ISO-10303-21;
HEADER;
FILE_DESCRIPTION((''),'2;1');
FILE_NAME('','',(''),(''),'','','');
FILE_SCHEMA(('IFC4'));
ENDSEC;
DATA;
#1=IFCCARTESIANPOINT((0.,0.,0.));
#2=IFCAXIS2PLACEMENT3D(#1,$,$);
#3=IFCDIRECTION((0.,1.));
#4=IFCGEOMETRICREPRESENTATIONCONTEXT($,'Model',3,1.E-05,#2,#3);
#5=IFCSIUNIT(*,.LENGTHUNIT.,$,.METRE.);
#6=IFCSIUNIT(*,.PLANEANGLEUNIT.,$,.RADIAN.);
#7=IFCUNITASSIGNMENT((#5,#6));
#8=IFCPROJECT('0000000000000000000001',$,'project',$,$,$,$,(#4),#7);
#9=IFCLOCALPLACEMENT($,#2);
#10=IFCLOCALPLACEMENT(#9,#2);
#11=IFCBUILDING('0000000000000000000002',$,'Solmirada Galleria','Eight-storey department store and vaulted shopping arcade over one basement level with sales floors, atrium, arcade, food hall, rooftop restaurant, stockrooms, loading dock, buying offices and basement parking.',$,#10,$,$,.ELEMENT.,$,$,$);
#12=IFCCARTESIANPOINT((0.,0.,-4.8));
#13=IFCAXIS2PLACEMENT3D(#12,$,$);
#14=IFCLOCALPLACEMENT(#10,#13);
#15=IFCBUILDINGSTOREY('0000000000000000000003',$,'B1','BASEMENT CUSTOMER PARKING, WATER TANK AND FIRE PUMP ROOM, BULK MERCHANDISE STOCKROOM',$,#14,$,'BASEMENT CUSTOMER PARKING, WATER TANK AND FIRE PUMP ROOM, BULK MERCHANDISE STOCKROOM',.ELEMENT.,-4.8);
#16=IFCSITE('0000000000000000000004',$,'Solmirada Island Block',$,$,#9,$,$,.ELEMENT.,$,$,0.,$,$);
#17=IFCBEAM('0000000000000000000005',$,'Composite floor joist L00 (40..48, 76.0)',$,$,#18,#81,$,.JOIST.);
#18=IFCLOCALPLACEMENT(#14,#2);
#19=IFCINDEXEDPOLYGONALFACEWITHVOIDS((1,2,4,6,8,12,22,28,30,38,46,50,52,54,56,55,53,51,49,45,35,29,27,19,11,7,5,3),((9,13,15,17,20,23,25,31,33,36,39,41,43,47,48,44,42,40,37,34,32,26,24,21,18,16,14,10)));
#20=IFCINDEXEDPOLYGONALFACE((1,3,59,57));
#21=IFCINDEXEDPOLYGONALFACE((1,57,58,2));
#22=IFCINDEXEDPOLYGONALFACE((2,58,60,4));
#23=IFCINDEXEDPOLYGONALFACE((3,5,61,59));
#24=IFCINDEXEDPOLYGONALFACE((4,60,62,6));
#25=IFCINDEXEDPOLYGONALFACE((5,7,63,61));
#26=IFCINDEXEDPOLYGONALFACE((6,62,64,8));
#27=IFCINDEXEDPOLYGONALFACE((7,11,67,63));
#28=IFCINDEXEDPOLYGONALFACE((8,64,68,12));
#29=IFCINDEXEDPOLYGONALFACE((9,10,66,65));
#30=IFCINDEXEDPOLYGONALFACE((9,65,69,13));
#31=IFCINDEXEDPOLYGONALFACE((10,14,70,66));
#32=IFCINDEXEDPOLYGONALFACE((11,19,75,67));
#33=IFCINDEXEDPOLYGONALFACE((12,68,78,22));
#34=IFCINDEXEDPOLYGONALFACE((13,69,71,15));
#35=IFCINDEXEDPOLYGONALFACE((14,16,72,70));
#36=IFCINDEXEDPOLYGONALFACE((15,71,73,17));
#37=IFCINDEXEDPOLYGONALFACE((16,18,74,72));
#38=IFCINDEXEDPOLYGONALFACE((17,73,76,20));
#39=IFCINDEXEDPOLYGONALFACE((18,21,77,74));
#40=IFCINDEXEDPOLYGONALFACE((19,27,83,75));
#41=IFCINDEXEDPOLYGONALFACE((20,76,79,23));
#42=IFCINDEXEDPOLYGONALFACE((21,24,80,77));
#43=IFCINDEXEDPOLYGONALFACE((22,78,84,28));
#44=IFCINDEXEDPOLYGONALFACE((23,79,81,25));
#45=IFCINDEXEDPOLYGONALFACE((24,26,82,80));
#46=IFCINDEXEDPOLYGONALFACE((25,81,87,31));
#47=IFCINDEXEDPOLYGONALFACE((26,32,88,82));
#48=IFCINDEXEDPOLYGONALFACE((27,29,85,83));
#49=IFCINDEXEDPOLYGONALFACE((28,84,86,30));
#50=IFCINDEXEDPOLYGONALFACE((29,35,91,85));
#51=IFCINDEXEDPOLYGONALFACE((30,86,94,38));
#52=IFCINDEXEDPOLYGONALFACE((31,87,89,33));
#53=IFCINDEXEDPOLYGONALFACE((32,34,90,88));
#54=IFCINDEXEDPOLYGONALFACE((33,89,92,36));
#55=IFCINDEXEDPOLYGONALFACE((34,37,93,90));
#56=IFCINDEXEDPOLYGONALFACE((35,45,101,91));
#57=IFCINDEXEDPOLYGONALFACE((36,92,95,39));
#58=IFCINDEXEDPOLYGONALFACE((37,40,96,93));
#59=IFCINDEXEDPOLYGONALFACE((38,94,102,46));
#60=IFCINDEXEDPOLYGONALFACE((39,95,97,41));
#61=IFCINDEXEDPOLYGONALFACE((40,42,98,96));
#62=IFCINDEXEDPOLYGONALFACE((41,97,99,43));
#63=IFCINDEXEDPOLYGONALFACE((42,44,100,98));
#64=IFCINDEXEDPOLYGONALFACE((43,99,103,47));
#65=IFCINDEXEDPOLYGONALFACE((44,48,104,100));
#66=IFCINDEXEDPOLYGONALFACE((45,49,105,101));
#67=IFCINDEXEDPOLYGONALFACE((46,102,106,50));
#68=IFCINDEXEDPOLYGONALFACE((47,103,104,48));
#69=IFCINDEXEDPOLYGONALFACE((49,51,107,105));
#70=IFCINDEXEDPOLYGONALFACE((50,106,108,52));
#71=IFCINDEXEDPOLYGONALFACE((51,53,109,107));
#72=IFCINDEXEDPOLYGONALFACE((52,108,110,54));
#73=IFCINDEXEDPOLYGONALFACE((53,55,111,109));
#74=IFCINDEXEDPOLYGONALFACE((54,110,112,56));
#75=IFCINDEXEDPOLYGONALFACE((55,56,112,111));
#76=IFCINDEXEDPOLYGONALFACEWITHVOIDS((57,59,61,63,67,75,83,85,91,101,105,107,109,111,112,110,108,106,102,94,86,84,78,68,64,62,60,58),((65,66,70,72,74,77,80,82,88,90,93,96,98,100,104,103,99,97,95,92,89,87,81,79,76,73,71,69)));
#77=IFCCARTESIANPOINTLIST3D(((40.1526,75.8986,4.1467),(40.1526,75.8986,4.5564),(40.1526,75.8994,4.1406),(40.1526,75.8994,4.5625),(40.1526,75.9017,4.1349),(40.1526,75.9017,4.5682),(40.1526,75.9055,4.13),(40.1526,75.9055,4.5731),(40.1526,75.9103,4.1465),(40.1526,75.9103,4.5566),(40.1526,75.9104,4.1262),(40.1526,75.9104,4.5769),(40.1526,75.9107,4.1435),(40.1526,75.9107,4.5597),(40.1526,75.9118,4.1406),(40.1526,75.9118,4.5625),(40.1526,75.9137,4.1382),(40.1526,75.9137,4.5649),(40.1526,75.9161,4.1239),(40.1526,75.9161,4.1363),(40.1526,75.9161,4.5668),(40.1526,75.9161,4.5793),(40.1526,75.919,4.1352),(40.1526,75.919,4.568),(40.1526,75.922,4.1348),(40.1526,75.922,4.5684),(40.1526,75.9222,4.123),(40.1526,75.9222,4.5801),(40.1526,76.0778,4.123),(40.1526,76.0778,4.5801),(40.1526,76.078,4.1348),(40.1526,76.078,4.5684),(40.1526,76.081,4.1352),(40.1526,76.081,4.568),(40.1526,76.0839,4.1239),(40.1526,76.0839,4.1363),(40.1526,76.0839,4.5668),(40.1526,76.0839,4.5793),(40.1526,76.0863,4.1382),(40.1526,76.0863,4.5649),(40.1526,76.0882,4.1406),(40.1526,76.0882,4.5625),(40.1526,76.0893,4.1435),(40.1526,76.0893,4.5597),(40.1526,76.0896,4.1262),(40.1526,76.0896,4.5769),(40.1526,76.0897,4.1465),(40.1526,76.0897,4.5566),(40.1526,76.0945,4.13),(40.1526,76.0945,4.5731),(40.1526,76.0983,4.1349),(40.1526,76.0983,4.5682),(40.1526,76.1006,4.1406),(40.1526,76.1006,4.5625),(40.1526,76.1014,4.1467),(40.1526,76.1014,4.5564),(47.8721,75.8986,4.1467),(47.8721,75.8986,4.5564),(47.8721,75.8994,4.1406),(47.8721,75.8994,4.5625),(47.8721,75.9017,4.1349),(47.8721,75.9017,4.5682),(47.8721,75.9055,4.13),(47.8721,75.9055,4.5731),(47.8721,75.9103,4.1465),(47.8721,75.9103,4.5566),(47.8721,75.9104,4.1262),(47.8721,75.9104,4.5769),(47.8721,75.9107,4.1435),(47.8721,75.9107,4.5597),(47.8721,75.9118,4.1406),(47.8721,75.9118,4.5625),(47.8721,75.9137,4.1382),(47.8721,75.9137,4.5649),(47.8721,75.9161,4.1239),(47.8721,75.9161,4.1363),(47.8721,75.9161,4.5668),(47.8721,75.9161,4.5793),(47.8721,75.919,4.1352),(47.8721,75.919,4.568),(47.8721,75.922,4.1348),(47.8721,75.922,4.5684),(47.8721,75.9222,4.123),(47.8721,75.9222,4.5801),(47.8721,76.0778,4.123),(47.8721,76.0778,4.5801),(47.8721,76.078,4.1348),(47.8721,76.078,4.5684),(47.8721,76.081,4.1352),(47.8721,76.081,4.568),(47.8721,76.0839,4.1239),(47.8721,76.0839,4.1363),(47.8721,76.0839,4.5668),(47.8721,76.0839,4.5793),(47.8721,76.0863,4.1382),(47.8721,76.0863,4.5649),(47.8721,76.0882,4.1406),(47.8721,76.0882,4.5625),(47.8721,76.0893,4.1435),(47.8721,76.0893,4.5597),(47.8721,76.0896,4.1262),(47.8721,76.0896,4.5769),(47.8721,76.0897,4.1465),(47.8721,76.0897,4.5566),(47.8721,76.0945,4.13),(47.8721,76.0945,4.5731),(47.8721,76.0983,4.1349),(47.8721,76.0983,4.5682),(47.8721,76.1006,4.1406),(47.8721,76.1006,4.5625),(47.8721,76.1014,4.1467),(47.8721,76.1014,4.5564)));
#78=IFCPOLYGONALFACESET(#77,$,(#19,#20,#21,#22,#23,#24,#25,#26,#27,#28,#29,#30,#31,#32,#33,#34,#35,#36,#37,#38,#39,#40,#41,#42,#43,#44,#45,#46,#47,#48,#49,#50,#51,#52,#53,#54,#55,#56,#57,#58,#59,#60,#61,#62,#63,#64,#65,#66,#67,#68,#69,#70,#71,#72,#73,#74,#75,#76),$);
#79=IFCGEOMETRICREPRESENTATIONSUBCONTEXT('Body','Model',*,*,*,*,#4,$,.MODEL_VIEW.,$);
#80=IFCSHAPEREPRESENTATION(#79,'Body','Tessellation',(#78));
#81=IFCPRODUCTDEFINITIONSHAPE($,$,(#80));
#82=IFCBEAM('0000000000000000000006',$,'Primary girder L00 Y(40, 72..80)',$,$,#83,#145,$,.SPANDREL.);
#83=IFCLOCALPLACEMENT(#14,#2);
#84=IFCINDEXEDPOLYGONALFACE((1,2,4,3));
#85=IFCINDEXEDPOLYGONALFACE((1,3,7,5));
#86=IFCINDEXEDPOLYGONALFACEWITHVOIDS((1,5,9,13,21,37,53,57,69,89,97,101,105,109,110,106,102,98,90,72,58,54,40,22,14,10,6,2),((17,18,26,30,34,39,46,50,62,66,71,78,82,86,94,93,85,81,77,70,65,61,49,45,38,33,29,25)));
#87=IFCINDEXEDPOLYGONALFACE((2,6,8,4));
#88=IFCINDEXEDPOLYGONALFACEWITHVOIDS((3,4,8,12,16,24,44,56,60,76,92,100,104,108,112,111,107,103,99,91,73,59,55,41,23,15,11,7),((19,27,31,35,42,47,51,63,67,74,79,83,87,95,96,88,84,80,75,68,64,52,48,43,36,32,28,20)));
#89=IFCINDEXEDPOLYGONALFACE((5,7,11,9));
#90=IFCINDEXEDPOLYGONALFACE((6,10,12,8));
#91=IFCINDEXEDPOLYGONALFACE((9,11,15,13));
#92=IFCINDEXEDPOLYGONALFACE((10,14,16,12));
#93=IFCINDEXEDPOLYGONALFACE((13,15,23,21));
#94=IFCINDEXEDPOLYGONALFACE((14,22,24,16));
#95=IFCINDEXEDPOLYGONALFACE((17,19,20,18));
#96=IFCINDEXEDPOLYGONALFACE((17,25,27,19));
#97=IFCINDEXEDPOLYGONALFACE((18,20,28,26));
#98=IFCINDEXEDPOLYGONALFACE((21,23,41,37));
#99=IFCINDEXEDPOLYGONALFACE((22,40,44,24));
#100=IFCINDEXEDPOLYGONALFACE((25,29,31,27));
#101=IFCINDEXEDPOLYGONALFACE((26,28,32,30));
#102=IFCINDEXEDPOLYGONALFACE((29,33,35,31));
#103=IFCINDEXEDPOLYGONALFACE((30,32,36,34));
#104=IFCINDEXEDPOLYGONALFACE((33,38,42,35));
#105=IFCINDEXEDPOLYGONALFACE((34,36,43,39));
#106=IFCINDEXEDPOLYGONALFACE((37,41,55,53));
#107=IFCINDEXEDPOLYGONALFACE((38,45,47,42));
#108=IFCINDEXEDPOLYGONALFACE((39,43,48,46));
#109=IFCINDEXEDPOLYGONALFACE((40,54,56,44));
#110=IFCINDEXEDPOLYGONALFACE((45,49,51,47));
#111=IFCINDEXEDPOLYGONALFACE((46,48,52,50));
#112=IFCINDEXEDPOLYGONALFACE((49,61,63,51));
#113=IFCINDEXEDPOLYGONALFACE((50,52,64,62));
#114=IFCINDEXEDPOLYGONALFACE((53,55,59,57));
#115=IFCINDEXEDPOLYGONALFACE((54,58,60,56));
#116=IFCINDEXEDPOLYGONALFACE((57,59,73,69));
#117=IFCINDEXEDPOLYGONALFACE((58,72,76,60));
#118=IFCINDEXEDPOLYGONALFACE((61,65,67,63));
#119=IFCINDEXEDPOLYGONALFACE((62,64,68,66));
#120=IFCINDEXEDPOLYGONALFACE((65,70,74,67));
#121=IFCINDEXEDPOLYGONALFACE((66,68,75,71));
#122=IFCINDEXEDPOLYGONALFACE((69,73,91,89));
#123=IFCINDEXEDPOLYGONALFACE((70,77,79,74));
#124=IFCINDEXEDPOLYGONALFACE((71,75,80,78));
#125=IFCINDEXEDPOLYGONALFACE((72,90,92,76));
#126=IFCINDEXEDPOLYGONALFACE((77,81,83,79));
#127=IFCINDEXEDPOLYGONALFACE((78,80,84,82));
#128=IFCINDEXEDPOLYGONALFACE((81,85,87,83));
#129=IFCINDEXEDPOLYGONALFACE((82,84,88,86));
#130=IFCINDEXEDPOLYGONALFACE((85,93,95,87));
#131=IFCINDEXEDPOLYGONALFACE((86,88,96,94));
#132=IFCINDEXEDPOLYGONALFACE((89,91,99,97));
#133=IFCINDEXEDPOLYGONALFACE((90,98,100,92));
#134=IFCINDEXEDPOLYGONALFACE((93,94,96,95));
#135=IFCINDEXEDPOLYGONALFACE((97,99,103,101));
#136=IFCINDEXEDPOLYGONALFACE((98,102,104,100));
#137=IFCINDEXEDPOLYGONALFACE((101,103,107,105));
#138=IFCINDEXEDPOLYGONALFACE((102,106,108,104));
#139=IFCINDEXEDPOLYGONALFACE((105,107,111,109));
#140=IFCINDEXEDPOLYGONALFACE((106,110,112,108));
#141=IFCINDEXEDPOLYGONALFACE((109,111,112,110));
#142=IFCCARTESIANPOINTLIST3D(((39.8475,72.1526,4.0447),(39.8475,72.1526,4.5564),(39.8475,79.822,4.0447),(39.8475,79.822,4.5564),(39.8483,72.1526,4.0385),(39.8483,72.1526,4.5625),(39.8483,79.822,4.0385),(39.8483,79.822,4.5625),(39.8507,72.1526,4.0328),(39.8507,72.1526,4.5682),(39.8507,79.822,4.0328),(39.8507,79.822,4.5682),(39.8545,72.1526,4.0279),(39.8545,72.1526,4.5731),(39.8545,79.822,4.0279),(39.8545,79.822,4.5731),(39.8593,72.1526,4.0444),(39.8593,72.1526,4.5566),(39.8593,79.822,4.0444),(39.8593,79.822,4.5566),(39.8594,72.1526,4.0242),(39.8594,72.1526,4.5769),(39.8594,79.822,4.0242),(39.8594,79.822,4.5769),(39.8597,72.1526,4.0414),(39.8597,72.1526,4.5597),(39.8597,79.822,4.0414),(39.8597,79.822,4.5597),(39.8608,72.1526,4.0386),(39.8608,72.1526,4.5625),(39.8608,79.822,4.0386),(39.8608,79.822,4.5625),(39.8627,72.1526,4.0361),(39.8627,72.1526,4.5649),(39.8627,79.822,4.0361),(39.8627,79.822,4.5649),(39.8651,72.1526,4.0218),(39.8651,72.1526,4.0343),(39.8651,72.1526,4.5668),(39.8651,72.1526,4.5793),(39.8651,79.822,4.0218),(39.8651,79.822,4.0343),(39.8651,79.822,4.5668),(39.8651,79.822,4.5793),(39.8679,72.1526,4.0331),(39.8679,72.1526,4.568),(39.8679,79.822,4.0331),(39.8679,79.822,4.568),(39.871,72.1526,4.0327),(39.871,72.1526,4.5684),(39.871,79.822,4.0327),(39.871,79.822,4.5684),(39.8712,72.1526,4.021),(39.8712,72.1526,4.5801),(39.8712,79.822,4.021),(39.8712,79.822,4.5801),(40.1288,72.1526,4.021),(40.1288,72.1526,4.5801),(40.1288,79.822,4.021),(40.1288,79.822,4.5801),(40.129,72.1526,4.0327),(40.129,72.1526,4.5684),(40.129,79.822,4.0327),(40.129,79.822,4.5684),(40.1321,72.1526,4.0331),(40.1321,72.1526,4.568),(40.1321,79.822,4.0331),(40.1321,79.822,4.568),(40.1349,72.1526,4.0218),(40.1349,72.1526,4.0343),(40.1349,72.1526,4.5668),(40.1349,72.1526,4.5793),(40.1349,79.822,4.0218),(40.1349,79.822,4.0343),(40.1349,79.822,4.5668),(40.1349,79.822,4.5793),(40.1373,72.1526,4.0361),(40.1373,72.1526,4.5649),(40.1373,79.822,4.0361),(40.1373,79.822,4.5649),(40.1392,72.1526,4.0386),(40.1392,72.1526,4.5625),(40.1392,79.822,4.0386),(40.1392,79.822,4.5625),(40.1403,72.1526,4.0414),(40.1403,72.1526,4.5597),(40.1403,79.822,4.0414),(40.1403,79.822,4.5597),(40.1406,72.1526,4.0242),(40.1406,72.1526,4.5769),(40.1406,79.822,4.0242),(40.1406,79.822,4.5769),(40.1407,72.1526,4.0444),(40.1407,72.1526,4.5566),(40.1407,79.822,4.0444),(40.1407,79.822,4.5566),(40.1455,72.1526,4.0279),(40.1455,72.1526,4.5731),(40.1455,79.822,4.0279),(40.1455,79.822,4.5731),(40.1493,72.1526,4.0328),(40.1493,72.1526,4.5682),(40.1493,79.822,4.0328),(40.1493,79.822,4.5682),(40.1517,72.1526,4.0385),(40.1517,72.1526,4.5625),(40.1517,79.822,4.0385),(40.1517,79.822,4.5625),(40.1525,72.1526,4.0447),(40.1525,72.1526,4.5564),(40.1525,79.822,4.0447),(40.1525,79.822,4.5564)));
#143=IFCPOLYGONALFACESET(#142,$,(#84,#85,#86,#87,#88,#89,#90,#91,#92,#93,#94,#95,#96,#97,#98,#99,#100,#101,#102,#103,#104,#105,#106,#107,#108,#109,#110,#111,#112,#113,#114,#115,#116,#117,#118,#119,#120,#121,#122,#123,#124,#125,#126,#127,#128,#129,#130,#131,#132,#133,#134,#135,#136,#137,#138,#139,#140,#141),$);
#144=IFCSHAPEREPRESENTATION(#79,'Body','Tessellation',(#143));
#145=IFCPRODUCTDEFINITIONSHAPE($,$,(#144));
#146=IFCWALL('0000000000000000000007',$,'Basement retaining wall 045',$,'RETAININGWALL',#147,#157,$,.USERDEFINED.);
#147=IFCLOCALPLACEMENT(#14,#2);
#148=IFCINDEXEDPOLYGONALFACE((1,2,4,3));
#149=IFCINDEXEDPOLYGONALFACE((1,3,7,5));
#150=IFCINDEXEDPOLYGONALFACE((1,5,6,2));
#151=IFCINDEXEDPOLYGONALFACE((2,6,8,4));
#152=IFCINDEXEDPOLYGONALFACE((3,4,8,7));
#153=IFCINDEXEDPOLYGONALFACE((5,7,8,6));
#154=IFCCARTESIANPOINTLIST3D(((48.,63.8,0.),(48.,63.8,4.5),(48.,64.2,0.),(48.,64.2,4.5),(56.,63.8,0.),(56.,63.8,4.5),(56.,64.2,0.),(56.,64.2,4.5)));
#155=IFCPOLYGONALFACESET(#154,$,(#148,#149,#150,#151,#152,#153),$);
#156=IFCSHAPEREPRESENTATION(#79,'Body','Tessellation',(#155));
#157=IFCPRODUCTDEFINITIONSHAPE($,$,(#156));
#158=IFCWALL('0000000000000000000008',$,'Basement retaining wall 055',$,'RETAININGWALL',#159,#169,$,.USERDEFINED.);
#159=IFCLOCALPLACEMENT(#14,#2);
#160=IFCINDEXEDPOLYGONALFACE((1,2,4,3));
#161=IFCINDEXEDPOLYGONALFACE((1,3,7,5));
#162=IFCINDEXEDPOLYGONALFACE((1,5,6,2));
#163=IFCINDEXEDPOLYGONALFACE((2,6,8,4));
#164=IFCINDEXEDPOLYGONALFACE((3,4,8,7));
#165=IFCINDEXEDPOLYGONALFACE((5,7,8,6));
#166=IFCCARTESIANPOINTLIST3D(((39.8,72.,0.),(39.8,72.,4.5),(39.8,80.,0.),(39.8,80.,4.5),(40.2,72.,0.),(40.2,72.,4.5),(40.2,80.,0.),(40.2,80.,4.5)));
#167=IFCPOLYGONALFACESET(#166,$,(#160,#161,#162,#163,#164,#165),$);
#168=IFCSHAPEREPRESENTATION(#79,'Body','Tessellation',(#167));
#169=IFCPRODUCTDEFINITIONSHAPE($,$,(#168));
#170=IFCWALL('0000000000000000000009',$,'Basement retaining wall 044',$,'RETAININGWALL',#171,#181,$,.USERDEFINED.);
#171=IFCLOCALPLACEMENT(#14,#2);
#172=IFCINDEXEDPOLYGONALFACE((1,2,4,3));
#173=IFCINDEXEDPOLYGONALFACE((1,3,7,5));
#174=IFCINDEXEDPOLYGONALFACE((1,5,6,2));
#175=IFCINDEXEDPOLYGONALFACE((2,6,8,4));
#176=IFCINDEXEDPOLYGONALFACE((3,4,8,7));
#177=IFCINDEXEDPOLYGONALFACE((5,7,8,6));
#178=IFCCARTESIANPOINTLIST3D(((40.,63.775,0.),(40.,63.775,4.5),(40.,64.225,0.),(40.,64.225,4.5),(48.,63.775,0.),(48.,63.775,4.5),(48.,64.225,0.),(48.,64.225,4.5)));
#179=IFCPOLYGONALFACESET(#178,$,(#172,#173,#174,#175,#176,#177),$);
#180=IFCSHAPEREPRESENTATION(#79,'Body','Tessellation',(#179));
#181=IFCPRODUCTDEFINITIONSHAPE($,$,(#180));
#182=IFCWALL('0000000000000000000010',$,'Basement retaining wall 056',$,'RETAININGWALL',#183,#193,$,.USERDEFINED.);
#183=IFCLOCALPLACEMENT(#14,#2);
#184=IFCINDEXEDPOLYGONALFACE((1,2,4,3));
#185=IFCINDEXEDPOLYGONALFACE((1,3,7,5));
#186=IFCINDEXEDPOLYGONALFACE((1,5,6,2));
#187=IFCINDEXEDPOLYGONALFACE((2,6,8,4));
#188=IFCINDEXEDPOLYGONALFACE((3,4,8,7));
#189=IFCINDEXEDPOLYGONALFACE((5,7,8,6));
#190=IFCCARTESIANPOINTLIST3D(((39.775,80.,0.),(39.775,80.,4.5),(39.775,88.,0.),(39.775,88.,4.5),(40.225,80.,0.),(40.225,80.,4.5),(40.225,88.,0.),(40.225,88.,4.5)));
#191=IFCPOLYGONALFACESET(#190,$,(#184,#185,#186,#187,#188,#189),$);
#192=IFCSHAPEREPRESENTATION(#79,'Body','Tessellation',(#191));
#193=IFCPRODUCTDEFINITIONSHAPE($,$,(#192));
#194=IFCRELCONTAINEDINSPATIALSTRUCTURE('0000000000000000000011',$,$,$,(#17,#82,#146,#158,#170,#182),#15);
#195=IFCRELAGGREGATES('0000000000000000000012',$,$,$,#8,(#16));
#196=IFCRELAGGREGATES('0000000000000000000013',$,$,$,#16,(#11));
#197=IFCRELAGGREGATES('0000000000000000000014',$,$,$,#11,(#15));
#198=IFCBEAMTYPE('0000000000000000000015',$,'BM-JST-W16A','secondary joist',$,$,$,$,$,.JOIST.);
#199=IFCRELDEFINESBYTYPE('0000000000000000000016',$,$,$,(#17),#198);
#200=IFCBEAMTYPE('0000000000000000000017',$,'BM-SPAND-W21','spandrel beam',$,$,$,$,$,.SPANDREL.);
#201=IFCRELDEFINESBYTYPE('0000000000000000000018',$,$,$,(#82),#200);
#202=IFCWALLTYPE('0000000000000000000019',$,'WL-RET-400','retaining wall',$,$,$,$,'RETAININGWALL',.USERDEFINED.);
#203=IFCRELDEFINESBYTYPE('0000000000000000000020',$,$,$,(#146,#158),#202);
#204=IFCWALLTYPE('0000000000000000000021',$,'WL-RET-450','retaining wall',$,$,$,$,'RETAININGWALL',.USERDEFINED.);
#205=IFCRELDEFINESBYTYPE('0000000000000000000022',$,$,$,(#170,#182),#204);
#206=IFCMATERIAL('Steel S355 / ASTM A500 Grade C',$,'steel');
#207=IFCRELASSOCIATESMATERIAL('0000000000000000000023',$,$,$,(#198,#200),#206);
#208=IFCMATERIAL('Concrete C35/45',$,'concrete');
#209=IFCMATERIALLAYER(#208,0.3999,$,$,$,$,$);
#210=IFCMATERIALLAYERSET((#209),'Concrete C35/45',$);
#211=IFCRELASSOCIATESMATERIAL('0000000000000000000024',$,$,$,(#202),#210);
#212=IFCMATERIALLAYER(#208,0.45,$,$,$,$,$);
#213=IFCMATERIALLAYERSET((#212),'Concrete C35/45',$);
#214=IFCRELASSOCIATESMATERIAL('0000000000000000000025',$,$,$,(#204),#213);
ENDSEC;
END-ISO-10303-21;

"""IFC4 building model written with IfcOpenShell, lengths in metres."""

from ifc_helpers import new_model, si_unit, direction, frame, frame_2d, origin, origin_2d, place, context, subcontext, project, spatial, rectangle, hollow_rectangle, extrude, material, layer, layer_set, material_profile, profile_set, type_object, element, save


model = new_model("IFC4")

# Units and contexts
model_context = context("Model", 3, precision=1e-05, world=origin(), true_north=direction((0.0, 1.0)))
body_context = subcontext(model_context, "Body", "Model", "MODEL_VIEW")
ifc_project = project(units=[si_unit("LENGTHUNIT", "METRE"), si_unit("PLANEANGLEUNIT", "RADIAN")], contexts=[model_context])

# Site, building, storey
site_placement = place(None, origin())
site = spatial("IfcSite", under=ifc_project, at=site_placement, Name="Solmirada Island Block", CompositionType="ELEMENT", RefElevation=0.0)
building_placement = place(site_placement, origin())
building = spatial("IfcBuilding", under=site, at=building_placement, Name="Solmirada Galleria", Description="Eight-storey department store and vaulted shopping arcade over one basement level with sales floors, atrium, arcade, food hall, rooftop restaurant, stockrooms, loading dock, buying offices and basement parking.", CompositionType="ELEMENT")
storey_placement = place(building_placement, frame((0.0, 0.0, -4.8)))
storey = spatial("IfcBuildingStorey", under=building, at=storey_placement, Name="B1", Description="BASEMENT CUSTOMER PARKING, WATER TANK AND FIRE PUMP ROOM, BULK MERCHANDISE STOCKROOM", LongName="BASEMENT CUSTOMER PARKING, WATER TANK AND FIRE PUMP ROOM, BULK MERCHANDISE STOCKROOM", CompositionType="ELEMENT", Elevation=-4.8)

# Shared definitions
ifc_material_1 = material(Name="Concrete C35/45", Category="concrete")

# Shared definitions
ifc_material_2 = material(Name="Steel S355 / ASTM A500 Grade C", Category="steel")

# Beams
ifc_material_profile_1 = material_profile(ifc_material_2, hollow_rectangle(XDim=0.2029, YDim=0.457, WallThickness=0.0117, InnerFilletRadius=0.0117, OuterFilletRadius=0.0237, at=origin_2d()), Name="HSS18X8X1/2")
ifc_profile_set_1 = profile_set([ifc_material_profile_1], Name="Steel S355 / ASTM A500 Grade C")
beam_type_1 = type_object("IfcBeamType", Name="BM-JST-W16A", Description="secondary joist", PredefinedType="JOIST", material=ifc_profile_set_1)
beam_1_placement = place(storey_placement, frame((40.1526, 76.0, 4.3516), z_axis=(1.0, 0.0, 0.0), x_axis=(0.0, 1.0, 0.0)))
element("IfcBeam", 1, at=beam_1_placement, inside=storey, type_object=beam_type_1, Name="Composite floor joist L00 (40..48, 76.0)", PredefinedType="JOIST", context=body_context, shape_type="SweptSolid", body=[
    extrude(hollow_rectangle(XDim=0.2029, YDim=0.457, WallThickness=0.0117, InnerFilletRadius=0.0117, OuterFilletRadius=0.0237, at=origin_2d()), origin(), (0.0, 0.0, 1.0), 7.7195),
])
ifc_material_profile_2 = material_profile(ifc_material_2, hollow_rectangle(XDim=0.3049, YDim=0.5591, WallThickness=0.0117, InnerFilletRadius=0.0117, OuterFilletRadius=0.0237, at=origin_2d()), Name="HSS22X12X1/2")
ifc_profile_set_2 = profile_set([ifc_material_profile_2], Name="Steel S355 / ASTM A500 Grade C")
beam_type_2 = type_object("IfcBeamType", Name="BM-SPAND-W21", Description="spandrel beam", PredefinedType="SPANDREL", material=ifc_profile_set_2)
beam_2_placement = place(storey_placement, frame((40.0, 72.1526, 4.3005), z_axis=(0.0, 1.0, 0.0), x_axis=(-1.0, 0.0, 0.0)))
element("IfcBeam", 2, at=beam_2_placement, inside=storey, type_object=beam_type_2, Name="Primary girder L00 Y(40, 72..80)", PredefinedType="SPANDREL", context=body_context, shape_type="SweptSolid", body=[
    extrude(hollow_rectangle(XDim=0.3049, YDim=0.5591, WallThickness=0.0117, InnerFilletRadius=0.0117, OuterFilletRadius=0.0237, at=origin_2d()), origin(), (0.0, 0.0, 1.0), 7.6694),
])

# Walls
ifc_layer_1 = layer(ifc_material_1, 0.3999)
ifc_layer_set_1 = layer_set([ifc_layer_1], Name="Concrete C35/45")
wall_type_1 = type_object("IfcWallType", Name="WL-RET-400", Description="retaining wall", ElementType="RETAININGWALL", PredefinedType="USERDEFINED", material=ifc_layer_set_1)
for number, where, z_axis, x_axis, name in (
    (3, (48.0, 64.0, 0.0), (0.0, 0.0, 1.0), (1.0, 0.0, 0.0), "Basement retaining wall 045"),
    (4, (40.0, 72.0, 0.0), (0.0, 0.0, 1.0), (0.0, 1.0, 0.0), "Basement retaining wall 055"),
):
    element("IfcWall", number, at=place(storey_placement, frame(where, z_axis=z_axis, x_axis=x_axis)), inside=storey, type_object=wall_type_1, Name=name, ObjectType="RETAININGWALL", PredefinedType="USERDEFINED", context=body_context, shape_type="SweptSolid", body=[
        extrude(rectangle(XDim=8.0, YDim=0.3999, at=frame_2d((4.0, 0.0))), origin(), (0.0, 0.0, 1.0), 4.5),
    ])
ifc_layer_2 = layer(ifc_material_1, 0.45)
ifc_layer_set_2 = layer_set([ifc_layer_2], Name="Concrete C35/45")
wall_type_2 = type_object("IfcWallType", Name="WL-RET-450", Description="retaining wall", ElementType="RETAININGWALL", PredefinedType="USERDEFINED", material=ifc_layer_set_2)
for number, where, z_axis, x_axis, name in (
    (5, (40.0, 64.0, 0.0), (0.0, 0.0, 1.0), (1.0, 0.0, 0.0), "Basement retaining wall 044"),
    (6, (40.0, 80.0, 0.0), (0.0, 0.0, 1.0), (0.0, 1.0, 0.0), "Basement retaining wall 056"),
):
    element("IfcWall", number, at=place(storey_placement, frame(where, z_axis=z_axis, x_axis=x_axis)), inside=storey, type_object=wall_type_2, Name=name, ObjectType="RETAININGWALL", PredefinedType="USERDEFINED", context=body_context, shape_type="SweptSolid", body=[
        extrude(rectangle(XDim=8.0, YDim=0.45, at=frame_2d((4.0, 0.0))), origin(), (0.0, 0.0, 1.0), 4.5),
    ])

save(model, "model.ifc")
